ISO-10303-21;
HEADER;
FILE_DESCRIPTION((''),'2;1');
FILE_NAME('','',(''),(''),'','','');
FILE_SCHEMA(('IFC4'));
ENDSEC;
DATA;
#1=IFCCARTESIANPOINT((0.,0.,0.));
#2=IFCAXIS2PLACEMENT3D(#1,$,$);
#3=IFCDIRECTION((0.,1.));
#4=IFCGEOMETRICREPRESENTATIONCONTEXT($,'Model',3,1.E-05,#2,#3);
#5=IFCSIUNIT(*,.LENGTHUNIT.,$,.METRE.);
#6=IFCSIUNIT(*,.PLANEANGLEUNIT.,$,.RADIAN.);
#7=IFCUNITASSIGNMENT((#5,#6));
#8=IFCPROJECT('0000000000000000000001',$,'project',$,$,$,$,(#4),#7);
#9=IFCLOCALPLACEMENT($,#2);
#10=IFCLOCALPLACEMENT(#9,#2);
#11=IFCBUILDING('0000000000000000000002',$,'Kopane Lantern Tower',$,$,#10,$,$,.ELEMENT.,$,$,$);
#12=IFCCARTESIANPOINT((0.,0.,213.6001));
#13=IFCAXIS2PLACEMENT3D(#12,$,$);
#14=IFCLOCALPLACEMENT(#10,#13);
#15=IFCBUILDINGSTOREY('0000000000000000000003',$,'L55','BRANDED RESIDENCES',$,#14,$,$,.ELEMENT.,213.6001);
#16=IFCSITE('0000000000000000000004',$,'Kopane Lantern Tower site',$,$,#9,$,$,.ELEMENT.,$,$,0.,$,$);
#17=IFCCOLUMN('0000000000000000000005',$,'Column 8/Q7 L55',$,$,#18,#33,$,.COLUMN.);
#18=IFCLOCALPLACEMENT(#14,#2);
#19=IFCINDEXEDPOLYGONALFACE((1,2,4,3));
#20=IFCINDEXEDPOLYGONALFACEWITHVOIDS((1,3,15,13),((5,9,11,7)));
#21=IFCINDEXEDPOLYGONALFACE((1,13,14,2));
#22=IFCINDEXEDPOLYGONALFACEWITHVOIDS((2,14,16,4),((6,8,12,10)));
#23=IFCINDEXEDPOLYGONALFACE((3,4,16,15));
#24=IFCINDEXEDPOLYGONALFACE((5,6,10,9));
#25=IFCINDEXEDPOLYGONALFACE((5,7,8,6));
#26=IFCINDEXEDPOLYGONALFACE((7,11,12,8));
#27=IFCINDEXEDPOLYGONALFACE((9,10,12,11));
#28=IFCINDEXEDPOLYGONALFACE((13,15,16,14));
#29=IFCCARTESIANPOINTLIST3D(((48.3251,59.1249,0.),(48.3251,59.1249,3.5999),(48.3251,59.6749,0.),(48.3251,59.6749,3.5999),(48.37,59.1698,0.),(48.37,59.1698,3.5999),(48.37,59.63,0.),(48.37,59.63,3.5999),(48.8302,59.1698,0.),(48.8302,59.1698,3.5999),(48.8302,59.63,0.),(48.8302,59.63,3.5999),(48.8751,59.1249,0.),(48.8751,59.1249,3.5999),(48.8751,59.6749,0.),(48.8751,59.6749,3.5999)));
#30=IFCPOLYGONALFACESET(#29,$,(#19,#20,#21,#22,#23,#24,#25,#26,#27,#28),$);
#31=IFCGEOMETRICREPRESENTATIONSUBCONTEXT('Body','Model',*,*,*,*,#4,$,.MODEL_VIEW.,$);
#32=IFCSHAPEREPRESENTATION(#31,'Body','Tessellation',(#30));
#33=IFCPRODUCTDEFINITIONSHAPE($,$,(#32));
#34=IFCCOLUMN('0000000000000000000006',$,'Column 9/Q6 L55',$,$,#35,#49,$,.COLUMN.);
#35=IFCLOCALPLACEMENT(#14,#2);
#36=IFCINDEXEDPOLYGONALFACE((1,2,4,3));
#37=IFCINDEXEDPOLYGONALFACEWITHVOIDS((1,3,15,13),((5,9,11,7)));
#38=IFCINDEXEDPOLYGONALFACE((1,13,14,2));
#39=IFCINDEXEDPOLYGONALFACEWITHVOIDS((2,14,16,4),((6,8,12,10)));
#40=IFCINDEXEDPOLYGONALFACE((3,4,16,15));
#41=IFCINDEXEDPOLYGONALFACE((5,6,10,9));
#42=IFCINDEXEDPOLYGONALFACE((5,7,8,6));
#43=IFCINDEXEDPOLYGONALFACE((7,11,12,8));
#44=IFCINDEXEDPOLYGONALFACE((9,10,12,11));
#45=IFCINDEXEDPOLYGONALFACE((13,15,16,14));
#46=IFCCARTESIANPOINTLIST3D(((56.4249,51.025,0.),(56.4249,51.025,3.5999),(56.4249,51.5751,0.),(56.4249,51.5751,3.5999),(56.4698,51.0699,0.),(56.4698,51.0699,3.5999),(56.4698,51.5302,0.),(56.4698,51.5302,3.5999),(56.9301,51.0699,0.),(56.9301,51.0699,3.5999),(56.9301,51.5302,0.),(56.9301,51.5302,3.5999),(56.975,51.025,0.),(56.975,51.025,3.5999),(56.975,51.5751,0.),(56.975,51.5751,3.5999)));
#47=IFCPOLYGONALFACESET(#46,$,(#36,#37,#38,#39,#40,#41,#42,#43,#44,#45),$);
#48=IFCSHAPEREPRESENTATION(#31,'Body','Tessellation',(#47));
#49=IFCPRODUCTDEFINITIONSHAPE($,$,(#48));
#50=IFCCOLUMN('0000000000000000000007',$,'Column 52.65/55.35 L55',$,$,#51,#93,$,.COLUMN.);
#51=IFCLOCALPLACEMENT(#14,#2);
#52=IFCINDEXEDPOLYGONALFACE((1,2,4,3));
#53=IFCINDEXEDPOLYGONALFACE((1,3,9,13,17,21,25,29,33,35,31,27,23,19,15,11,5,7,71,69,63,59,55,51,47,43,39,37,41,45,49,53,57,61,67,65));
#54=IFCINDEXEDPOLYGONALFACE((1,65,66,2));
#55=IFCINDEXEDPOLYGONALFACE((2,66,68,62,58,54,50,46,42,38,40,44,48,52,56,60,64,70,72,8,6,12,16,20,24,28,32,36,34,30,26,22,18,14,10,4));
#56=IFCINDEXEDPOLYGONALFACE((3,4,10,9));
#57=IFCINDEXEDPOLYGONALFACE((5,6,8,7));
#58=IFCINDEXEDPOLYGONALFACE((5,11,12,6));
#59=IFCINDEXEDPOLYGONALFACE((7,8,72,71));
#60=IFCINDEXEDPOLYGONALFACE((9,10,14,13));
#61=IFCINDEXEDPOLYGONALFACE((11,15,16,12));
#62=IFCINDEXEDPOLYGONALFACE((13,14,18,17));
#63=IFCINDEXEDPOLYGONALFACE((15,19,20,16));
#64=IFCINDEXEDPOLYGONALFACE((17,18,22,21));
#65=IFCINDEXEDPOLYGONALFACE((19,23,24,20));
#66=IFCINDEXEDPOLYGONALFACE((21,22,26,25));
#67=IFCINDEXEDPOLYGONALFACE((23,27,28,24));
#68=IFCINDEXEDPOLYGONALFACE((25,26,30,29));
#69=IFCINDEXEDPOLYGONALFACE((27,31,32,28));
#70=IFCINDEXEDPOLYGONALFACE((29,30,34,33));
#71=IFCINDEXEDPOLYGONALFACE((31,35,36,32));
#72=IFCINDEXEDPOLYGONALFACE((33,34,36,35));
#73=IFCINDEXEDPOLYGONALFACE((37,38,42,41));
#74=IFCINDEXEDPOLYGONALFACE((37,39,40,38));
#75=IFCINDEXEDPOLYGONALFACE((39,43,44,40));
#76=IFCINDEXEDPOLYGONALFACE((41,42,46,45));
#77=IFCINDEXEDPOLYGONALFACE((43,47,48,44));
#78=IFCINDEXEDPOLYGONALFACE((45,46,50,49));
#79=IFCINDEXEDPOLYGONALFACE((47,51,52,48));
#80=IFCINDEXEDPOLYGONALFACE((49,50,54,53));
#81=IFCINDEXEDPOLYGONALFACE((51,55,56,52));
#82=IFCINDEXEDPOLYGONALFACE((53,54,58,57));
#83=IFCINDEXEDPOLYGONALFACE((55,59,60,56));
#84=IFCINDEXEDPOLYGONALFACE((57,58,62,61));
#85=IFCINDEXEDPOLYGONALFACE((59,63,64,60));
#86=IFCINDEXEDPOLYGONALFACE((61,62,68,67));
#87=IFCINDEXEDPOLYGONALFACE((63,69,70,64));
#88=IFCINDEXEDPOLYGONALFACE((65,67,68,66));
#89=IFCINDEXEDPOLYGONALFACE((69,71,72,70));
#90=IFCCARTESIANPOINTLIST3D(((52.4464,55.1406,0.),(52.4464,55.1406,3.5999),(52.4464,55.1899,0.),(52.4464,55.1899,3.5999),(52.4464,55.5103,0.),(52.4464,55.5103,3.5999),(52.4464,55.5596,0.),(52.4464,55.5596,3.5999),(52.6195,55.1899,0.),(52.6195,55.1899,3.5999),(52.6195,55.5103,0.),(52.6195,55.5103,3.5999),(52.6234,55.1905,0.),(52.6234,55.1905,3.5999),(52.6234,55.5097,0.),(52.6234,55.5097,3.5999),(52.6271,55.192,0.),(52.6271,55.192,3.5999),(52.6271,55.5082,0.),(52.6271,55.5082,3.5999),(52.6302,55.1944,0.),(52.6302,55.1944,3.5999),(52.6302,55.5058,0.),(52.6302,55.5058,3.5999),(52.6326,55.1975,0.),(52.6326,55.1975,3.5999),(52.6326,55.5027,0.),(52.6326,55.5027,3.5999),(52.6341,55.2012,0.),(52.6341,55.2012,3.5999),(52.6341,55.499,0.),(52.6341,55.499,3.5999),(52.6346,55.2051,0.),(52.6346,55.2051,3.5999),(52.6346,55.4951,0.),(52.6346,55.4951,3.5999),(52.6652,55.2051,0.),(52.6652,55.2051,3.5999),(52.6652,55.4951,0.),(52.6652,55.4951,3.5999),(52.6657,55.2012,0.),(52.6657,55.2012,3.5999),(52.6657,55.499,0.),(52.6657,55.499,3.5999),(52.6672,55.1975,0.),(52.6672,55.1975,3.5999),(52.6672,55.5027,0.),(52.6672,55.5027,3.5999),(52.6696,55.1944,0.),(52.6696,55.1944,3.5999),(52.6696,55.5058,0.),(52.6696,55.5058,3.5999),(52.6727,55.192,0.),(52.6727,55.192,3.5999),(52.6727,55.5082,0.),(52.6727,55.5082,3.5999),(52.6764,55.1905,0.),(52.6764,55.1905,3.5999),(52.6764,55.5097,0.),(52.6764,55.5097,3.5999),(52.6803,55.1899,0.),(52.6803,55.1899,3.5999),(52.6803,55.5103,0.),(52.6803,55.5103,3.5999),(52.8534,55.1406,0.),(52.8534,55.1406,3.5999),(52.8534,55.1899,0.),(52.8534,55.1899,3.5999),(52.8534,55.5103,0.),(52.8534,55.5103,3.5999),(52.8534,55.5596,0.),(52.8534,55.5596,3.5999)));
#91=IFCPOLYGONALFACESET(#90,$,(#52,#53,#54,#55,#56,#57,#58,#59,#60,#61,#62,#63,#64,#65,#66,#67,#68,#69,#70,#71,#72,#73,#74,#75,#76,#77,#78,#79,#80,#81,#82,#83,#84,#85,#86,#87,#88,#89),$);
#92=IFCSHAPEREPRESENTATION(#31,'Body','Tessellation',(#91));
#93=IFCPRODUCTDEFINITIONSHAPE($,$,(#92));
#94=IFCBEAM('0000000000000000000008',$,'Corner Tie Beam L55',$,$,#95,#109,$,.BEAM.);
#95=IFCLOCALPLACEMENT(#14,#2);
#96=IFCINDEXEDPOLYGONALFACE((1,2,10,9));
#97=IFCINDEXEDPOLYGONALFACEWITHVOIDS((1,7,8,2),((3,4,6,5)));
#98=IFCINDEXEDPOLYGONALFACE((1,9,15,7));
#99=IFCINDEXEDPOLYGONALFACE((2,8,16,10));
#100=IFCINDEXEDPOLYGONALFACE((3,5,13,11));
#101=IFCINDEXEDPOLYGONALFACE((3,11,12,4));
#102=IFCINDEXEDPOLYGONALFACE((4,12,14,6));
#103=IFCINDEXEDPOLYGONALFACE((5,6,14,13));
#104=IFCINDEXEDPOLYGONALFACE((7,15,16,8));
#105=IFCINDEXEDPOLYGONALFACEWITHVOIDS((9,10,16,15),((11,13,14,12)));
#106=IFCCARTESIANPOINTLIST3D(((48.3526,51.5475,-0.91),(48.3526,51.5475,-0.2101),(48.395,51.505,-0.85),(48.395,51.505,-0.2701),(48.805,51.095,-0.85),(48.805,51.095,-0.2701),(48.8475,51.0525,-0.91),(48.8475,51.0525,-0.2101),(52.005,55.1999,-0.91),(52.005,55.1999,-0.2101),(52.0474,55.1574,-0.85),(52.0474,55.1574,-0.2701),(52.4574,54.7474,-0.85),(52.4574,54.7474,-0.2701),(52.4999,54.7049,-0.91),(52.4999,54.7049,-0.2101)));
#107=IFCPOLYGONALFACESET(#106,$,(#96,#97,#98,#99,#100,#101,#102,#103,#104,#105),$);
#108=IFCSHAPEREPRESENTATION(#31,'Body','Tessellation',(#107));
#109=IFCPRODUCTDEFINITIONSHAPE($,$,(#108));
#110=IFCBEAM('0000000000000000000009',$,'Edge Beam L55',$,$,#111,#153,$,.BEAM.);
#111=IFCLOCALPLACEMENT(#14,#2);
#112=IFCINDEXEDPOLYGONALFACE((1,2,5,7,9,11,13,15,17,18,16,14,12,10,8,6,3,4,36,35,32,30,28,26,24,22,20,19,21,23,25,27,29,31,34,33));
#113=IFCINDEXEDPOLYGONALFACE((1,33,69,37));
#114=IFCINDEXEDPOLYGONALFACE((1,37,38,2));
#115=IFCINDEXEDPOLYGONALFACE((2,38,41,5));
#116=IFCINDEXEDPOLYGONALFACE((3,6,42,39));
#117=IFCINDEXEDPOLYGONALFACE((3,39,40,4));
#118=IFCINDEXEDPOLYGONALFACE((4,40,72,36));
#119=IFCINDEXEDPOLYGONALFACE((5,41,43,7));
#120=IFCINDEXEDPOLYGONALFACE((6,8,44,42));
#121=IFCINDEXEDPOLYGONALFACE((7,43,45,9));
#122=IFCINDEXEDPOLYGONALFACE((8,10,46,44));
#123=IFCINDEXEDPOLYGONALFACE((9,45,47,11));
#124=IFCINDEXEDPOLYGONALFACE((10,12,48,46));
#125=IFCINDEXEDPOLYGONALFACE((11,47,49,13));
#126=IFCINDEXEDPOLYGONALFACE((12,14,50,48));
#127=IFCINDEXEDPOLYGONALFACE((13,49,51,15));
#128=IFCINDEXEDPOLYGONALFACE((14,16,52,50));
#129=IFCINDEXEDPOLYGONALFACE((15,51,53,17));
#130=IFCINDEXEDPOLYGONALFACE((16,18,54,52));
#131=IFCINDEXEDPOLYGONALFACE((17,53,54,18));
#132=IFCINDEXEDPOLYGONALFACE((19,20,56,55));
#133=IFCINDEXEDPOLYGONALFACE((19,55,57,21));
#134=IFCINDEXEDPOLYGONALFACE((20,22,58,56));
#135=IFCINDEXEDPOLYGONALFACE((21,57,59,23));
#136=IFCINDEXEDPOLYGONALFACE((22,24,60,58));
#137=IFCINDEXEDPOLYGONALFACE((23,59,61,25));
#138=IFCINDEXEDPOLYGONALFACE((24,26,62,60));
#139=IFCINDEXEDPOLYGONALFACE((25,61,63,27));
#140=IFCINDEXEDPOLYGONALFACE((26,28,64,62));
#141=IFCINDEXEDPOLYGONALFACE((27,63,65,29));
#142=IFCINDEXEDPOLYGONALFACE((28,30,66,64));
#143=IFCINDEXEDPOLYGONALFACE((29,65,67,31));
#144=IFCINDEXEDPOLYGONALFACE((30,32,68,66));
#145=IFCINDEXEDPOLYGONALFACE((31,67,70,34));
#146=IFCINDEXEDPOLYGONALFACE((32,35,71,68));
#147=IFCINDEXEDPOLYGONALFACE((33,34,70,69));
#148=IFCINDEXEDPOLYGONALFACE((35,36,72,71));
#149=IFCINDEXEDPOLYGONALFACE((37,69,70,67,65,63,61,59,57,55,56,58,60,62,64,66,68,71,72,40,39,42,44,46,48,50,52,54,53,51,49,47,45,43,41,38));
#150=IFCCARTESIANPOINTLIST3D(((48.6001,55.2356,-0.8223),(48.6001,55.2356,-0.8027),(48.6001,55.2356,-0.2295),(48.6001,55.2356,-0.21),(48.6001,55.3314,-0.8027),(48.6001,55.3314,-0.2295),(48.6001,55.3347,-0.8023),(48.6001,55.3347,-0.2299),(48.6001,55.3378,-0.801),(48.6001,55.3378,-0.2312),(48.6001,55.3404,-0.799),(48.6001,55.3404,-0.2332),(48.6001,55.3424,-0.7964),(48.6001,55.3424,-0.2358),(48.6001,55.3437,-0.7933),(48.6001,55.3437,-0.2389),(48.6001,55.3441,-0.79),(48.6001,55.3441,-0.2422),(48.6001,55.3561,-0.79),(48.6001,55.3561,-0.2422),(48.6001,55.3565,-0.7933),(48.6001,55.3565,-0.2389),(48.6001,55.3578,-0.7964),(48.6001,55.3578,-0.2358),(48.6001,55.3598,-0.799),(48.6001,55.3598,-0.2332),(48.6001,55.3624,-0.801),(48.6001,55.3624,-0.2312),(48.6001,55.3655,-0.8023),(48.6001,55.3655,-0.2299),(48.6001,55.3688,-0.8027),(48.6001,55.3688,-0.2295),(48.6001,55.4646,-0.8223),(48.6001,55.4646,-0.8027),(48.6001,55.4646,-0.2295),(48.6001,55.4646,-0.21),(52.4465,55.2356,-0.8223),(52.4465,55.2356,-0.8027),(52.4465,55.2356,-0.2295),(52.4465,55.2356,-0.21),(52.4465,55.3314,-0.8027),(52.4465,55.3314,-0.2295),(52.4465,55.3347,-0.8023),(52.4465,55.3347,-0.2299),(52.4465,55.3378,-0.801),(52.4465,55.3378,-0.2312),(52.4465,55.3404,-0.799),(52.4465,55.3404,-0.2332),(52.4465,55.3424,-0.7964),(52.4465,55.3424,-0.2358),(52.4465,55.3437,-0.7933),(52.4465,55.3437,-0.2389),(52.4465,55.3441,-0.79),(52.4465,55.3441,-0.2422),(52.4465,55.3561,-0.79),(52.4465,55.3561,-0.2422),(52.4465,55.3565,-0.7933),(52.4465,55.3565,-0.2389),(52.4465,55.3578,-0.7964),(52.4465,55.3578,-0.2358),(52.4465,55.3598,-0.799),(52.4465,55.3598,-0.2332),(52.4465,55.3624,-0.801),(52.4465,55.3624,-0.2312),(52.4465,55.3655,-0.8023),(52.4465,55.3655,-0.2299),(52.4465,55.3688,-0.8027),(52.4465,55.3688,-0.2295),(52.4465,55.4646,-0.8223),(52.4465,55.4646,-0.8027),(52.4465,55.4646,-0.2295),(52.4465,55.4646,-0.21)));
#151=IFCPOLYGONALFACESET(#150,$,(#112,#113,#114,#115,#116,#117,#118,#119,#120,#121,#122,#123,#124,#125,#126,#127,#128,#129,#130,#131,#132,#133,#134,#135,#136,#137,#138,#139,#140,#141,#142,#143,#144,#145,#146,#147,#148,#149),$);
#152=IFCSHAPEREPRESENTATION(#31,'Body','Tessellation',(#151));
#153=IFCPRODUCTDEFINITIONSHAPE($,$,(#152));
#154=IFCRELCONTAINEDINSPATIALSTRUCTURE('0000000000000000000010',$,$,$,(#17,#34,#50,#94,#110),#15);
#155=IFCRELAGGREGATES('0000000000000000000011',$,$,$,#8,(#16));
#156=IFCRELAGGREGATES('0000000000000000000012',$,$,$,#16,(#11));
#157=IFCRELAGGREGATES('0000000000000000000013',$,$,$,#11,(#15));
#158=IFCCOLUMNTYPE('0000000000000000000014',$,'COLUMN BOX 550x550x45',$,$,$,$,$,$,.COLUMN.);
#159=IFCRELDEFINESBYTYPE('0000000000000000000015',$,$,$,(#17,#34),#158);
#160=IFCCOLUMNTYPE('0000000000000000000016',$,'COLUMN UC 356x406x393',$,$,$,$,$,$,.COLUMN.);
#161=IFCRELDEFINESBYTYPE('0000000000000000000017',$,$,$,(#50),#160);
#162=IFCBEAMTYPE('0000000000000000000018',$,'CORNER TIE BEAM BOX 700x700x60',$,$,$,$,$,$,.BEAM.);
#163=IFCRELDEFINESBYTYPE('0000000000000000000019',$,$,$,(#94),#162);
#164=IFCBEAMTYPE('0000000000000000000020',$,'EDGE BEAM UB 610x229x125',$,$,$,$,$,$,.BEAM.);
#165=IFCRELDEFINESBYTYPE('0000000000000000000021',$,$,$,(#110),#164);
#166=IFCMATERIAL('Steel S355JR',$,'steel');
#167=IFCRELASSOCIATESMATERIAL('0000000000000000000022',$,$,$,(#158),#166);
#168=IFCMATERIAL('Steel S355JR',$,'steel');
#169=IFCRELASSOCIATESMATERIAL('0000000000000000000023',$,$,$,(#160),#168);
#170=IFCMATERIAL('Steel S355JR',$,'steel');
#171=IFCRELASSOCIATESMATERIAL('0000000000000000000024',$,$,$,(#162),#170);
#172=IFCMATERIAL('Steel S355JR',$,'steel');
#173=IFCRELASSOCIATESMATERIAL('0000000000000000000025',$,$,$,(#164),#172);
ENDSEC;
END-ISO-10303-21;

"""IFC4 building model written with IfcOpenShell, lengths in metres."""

from ifc_helpers import new_model, si_unit, direction, frame, origin, origin_2d, place, context, subcontext, project, spatial, hollow_rectangle, i_section, extrude, material, material_profile, profile_set, type_object, element, save


model = new_model("IFC4")

# Units and contexts
model_context = context("Model", 3, precision=1e-05, world=origin(), true_north=direction((0.0, 1.0)))
body_context = subcontext(model_context, "Body", "Model", "MODEL_VIEW")
ifc_project = project(units=[si_unit("LENGTHUNIT", "METRE"), si_unit("PLANEANGLEUNIT", "RADIAN")], contexts=[model_context])

# Site, building, storey
site_placement = place(None, origin())
site = spatial("IfcSite", under=ifc_project, at=site_placement, Name="Kopane Lantern Tower site", CompositionType="ELEMENT", RefElevation=0.0)
building_placement = place(site_placement, origin())
building = spatial("IfcBuilding", under=site, at=building_placement, Name="Kopane Lantern Tower", CompositionType="ELEMENT")
storey_placement = place(building_placement, frame((0.0, 0.0, 213.6001)))
storey = spatial("IfcBuildingStorey", under=building, at=storey_placement, Name="L55", Description="BRANDED RESIDENCES", CompositionType="ELEMENT", Elevation=213.6001)

# Columns
ifc_material_1 = material(Name="Steel S355JR", Category="steel")
ifc_material_profile_1 = material_profile(ifc_material_1, hollow_rectangle(XDim=0.55, YDim=0.55, WallThickness=0.0449, at=origin_2d()), Name="BOX 550x550x45")
ifc_profile_set_1 = profile_set([ifc_material_profile_1], Name="Steel S355JR")
column_type_1 = type_object("IfcColumnType", Name="COLUMN BOX 550x550x45", PredefinedType="COLUMN", material=ifc_profile_set_1)
for number, where, z_axis, x_axis, name in (
    (1, (48.6001, 59.3999, 0.0), (0.0, 0.0, 1.0), (1.0, 0.0, 0.0), "Column 8/Q7 L55"),
    (2, (56.7, 51.3, 0.0), (0.0, 0.0, 1.0), (1.0, 0.0, 0.0), "Column 9/Q6 L55"),
):
    element("IfcColumn", number, at=place(storey_placement, frame(where, z_axis=z_axis, x_axis=x_axis)), inside=storey, type_object=column_type_1, Name=name, PredefinedType="COLUMN", context=body_context, shape_type="SweptSolid", body=[
        extrude(hollow_rectangle(XDim=0.55, YDim=0.55, WallThickness=0.0449, at=origin_2d()), origin(), (0.0, 0.0, 1.0), 3.5999),
    ])
ifc_material_2 = material(Name="Steel S355JR", Category="steel")
ifc_material_profile_2 = material_profile(ifc_material_2, i_section(OverallWidth=0.407, OverallDepth=0.4189, WebThickness=0.0305, FlangeThickness=0.0493, FilletRadius=0.0151, at=origin_2d()), Name="UC 356x406x393")
ifc_profile_set_2 = profile_set([ifc_material_profile_2], Name="Steel S355JR")
column_type_2 = type_object("IfcColumnType", Name="COLUMN UC 356x406x393", PredefinedType="COLUMN", material=ifc_profile_set_2)
column_placement = place(storey_placement, frame((52.6499, 55.3501, 0.0), z_axis=(0.0, 0.0, 1.0), x_axis=(1.0, 0.0, 0.0)))
element("IfcColumn", 3, at=column_placement, inside=storey, type_object=column_type_2, Name="Column 52.65/55.35 L55", PredefinedType="COLUMN", context=body_context, shape_type="SweptSolid", body=[
    extrude(i_section(OverallWidth=0.407, OverallDepth=0.4189, WebThickness=0.0305, FlangeThickness=0.0493, FilletRadius=0.0151, at=origin_2d()), origin(), (0.0, 0.0, 1.0), 3.5999),
])

# Beams
ifc_material_3 = material(Name="Steel S355JR", Category="steel")
ifc_material_profile_3 = material_profile(ifc_material_3, hollow_rectangle(XDim=0.7, YDim=0.7, WallThickness=0.0601, at=origin_2d()), Name="BOX 700x700x60")
ifc_profile_set_3 = profile_set([ifc_material_profile_3], Name="Steel S355JR")
beam_type_1 = type_object("IfcBeamType", Name="CORNER TIE BEAM BOX 700x700x60", PredefinedType="BEAM", material=ifc_profile_set_3)
beam_1_placement = place(storey_placement, frame((52.2524, 54.9524, -0.5601), z_axis=(-0.707107, -0.707107, 0.0), x_axis=(0.707107, -0.707107, 0.0)))
element("IfcBeam", 4, at=beam_1_placement, inside=storey, type_object=beam_type_1, Name="Corner Tie Beam L55", PredefinedType="BEAM", context=body_context, shape_type="SweptSolid", body=[
    extrude(hollow_rectangle(XDim=0.7, YDim=0.7, WallThickness=0.0601, at=origin_2d()), origin(), (0.0, 0.0, 1.0), 5.1653),
])
ifc_material_4 = material(Name="Steel S355JR", Category="steel")
ifc_material_profile_4 = material_profile(ifc_material_4, i_section(OverallWidth=0.229, OverallDepth=0.6123, WebThickness=0.012, FlangeThickness=0.0195, FilletRadius=0.0127, at=origin_2d()), Name="UB 610x229x125")
ifc_profile_set_4 = profile_set([ifc_material_profile_4], Name="Steel S355JR")
beam_type_2 = type_object("IfcBeamType", Name="EDGE BEAM UB 610x229x125", PredefinedType="BEAM", material=ifc_profile_set_4)
for number, where, z_axis, x_axis, name in (
    (5, (52.4465, 55.3501, -0.5161), (-1.0, 0.0, 0.0), (0.0, -1.0, 0.0), "Edge Beam L55"),
):
    element("IfcBeam", number, at=place(storey_placement, frame(where, z_axis=z_axis, x_axis=x_axis)), inside=storey, type_object=beam_type_2, Name=name, PredefinedType="BEAM", context=body_context, shape_type="SweptSolid", body=[
        extrude(i_section(OverallWidth=0.229, OverallDepth=0.6123, WebThickness=0.012, FlangeThickness=0.0195, FilletRadius=0.0127, at=origin_2d()), origin(), (0.0, 0.0, 1.0), 3.8464),
    ])

save(model, "model.ifc")
